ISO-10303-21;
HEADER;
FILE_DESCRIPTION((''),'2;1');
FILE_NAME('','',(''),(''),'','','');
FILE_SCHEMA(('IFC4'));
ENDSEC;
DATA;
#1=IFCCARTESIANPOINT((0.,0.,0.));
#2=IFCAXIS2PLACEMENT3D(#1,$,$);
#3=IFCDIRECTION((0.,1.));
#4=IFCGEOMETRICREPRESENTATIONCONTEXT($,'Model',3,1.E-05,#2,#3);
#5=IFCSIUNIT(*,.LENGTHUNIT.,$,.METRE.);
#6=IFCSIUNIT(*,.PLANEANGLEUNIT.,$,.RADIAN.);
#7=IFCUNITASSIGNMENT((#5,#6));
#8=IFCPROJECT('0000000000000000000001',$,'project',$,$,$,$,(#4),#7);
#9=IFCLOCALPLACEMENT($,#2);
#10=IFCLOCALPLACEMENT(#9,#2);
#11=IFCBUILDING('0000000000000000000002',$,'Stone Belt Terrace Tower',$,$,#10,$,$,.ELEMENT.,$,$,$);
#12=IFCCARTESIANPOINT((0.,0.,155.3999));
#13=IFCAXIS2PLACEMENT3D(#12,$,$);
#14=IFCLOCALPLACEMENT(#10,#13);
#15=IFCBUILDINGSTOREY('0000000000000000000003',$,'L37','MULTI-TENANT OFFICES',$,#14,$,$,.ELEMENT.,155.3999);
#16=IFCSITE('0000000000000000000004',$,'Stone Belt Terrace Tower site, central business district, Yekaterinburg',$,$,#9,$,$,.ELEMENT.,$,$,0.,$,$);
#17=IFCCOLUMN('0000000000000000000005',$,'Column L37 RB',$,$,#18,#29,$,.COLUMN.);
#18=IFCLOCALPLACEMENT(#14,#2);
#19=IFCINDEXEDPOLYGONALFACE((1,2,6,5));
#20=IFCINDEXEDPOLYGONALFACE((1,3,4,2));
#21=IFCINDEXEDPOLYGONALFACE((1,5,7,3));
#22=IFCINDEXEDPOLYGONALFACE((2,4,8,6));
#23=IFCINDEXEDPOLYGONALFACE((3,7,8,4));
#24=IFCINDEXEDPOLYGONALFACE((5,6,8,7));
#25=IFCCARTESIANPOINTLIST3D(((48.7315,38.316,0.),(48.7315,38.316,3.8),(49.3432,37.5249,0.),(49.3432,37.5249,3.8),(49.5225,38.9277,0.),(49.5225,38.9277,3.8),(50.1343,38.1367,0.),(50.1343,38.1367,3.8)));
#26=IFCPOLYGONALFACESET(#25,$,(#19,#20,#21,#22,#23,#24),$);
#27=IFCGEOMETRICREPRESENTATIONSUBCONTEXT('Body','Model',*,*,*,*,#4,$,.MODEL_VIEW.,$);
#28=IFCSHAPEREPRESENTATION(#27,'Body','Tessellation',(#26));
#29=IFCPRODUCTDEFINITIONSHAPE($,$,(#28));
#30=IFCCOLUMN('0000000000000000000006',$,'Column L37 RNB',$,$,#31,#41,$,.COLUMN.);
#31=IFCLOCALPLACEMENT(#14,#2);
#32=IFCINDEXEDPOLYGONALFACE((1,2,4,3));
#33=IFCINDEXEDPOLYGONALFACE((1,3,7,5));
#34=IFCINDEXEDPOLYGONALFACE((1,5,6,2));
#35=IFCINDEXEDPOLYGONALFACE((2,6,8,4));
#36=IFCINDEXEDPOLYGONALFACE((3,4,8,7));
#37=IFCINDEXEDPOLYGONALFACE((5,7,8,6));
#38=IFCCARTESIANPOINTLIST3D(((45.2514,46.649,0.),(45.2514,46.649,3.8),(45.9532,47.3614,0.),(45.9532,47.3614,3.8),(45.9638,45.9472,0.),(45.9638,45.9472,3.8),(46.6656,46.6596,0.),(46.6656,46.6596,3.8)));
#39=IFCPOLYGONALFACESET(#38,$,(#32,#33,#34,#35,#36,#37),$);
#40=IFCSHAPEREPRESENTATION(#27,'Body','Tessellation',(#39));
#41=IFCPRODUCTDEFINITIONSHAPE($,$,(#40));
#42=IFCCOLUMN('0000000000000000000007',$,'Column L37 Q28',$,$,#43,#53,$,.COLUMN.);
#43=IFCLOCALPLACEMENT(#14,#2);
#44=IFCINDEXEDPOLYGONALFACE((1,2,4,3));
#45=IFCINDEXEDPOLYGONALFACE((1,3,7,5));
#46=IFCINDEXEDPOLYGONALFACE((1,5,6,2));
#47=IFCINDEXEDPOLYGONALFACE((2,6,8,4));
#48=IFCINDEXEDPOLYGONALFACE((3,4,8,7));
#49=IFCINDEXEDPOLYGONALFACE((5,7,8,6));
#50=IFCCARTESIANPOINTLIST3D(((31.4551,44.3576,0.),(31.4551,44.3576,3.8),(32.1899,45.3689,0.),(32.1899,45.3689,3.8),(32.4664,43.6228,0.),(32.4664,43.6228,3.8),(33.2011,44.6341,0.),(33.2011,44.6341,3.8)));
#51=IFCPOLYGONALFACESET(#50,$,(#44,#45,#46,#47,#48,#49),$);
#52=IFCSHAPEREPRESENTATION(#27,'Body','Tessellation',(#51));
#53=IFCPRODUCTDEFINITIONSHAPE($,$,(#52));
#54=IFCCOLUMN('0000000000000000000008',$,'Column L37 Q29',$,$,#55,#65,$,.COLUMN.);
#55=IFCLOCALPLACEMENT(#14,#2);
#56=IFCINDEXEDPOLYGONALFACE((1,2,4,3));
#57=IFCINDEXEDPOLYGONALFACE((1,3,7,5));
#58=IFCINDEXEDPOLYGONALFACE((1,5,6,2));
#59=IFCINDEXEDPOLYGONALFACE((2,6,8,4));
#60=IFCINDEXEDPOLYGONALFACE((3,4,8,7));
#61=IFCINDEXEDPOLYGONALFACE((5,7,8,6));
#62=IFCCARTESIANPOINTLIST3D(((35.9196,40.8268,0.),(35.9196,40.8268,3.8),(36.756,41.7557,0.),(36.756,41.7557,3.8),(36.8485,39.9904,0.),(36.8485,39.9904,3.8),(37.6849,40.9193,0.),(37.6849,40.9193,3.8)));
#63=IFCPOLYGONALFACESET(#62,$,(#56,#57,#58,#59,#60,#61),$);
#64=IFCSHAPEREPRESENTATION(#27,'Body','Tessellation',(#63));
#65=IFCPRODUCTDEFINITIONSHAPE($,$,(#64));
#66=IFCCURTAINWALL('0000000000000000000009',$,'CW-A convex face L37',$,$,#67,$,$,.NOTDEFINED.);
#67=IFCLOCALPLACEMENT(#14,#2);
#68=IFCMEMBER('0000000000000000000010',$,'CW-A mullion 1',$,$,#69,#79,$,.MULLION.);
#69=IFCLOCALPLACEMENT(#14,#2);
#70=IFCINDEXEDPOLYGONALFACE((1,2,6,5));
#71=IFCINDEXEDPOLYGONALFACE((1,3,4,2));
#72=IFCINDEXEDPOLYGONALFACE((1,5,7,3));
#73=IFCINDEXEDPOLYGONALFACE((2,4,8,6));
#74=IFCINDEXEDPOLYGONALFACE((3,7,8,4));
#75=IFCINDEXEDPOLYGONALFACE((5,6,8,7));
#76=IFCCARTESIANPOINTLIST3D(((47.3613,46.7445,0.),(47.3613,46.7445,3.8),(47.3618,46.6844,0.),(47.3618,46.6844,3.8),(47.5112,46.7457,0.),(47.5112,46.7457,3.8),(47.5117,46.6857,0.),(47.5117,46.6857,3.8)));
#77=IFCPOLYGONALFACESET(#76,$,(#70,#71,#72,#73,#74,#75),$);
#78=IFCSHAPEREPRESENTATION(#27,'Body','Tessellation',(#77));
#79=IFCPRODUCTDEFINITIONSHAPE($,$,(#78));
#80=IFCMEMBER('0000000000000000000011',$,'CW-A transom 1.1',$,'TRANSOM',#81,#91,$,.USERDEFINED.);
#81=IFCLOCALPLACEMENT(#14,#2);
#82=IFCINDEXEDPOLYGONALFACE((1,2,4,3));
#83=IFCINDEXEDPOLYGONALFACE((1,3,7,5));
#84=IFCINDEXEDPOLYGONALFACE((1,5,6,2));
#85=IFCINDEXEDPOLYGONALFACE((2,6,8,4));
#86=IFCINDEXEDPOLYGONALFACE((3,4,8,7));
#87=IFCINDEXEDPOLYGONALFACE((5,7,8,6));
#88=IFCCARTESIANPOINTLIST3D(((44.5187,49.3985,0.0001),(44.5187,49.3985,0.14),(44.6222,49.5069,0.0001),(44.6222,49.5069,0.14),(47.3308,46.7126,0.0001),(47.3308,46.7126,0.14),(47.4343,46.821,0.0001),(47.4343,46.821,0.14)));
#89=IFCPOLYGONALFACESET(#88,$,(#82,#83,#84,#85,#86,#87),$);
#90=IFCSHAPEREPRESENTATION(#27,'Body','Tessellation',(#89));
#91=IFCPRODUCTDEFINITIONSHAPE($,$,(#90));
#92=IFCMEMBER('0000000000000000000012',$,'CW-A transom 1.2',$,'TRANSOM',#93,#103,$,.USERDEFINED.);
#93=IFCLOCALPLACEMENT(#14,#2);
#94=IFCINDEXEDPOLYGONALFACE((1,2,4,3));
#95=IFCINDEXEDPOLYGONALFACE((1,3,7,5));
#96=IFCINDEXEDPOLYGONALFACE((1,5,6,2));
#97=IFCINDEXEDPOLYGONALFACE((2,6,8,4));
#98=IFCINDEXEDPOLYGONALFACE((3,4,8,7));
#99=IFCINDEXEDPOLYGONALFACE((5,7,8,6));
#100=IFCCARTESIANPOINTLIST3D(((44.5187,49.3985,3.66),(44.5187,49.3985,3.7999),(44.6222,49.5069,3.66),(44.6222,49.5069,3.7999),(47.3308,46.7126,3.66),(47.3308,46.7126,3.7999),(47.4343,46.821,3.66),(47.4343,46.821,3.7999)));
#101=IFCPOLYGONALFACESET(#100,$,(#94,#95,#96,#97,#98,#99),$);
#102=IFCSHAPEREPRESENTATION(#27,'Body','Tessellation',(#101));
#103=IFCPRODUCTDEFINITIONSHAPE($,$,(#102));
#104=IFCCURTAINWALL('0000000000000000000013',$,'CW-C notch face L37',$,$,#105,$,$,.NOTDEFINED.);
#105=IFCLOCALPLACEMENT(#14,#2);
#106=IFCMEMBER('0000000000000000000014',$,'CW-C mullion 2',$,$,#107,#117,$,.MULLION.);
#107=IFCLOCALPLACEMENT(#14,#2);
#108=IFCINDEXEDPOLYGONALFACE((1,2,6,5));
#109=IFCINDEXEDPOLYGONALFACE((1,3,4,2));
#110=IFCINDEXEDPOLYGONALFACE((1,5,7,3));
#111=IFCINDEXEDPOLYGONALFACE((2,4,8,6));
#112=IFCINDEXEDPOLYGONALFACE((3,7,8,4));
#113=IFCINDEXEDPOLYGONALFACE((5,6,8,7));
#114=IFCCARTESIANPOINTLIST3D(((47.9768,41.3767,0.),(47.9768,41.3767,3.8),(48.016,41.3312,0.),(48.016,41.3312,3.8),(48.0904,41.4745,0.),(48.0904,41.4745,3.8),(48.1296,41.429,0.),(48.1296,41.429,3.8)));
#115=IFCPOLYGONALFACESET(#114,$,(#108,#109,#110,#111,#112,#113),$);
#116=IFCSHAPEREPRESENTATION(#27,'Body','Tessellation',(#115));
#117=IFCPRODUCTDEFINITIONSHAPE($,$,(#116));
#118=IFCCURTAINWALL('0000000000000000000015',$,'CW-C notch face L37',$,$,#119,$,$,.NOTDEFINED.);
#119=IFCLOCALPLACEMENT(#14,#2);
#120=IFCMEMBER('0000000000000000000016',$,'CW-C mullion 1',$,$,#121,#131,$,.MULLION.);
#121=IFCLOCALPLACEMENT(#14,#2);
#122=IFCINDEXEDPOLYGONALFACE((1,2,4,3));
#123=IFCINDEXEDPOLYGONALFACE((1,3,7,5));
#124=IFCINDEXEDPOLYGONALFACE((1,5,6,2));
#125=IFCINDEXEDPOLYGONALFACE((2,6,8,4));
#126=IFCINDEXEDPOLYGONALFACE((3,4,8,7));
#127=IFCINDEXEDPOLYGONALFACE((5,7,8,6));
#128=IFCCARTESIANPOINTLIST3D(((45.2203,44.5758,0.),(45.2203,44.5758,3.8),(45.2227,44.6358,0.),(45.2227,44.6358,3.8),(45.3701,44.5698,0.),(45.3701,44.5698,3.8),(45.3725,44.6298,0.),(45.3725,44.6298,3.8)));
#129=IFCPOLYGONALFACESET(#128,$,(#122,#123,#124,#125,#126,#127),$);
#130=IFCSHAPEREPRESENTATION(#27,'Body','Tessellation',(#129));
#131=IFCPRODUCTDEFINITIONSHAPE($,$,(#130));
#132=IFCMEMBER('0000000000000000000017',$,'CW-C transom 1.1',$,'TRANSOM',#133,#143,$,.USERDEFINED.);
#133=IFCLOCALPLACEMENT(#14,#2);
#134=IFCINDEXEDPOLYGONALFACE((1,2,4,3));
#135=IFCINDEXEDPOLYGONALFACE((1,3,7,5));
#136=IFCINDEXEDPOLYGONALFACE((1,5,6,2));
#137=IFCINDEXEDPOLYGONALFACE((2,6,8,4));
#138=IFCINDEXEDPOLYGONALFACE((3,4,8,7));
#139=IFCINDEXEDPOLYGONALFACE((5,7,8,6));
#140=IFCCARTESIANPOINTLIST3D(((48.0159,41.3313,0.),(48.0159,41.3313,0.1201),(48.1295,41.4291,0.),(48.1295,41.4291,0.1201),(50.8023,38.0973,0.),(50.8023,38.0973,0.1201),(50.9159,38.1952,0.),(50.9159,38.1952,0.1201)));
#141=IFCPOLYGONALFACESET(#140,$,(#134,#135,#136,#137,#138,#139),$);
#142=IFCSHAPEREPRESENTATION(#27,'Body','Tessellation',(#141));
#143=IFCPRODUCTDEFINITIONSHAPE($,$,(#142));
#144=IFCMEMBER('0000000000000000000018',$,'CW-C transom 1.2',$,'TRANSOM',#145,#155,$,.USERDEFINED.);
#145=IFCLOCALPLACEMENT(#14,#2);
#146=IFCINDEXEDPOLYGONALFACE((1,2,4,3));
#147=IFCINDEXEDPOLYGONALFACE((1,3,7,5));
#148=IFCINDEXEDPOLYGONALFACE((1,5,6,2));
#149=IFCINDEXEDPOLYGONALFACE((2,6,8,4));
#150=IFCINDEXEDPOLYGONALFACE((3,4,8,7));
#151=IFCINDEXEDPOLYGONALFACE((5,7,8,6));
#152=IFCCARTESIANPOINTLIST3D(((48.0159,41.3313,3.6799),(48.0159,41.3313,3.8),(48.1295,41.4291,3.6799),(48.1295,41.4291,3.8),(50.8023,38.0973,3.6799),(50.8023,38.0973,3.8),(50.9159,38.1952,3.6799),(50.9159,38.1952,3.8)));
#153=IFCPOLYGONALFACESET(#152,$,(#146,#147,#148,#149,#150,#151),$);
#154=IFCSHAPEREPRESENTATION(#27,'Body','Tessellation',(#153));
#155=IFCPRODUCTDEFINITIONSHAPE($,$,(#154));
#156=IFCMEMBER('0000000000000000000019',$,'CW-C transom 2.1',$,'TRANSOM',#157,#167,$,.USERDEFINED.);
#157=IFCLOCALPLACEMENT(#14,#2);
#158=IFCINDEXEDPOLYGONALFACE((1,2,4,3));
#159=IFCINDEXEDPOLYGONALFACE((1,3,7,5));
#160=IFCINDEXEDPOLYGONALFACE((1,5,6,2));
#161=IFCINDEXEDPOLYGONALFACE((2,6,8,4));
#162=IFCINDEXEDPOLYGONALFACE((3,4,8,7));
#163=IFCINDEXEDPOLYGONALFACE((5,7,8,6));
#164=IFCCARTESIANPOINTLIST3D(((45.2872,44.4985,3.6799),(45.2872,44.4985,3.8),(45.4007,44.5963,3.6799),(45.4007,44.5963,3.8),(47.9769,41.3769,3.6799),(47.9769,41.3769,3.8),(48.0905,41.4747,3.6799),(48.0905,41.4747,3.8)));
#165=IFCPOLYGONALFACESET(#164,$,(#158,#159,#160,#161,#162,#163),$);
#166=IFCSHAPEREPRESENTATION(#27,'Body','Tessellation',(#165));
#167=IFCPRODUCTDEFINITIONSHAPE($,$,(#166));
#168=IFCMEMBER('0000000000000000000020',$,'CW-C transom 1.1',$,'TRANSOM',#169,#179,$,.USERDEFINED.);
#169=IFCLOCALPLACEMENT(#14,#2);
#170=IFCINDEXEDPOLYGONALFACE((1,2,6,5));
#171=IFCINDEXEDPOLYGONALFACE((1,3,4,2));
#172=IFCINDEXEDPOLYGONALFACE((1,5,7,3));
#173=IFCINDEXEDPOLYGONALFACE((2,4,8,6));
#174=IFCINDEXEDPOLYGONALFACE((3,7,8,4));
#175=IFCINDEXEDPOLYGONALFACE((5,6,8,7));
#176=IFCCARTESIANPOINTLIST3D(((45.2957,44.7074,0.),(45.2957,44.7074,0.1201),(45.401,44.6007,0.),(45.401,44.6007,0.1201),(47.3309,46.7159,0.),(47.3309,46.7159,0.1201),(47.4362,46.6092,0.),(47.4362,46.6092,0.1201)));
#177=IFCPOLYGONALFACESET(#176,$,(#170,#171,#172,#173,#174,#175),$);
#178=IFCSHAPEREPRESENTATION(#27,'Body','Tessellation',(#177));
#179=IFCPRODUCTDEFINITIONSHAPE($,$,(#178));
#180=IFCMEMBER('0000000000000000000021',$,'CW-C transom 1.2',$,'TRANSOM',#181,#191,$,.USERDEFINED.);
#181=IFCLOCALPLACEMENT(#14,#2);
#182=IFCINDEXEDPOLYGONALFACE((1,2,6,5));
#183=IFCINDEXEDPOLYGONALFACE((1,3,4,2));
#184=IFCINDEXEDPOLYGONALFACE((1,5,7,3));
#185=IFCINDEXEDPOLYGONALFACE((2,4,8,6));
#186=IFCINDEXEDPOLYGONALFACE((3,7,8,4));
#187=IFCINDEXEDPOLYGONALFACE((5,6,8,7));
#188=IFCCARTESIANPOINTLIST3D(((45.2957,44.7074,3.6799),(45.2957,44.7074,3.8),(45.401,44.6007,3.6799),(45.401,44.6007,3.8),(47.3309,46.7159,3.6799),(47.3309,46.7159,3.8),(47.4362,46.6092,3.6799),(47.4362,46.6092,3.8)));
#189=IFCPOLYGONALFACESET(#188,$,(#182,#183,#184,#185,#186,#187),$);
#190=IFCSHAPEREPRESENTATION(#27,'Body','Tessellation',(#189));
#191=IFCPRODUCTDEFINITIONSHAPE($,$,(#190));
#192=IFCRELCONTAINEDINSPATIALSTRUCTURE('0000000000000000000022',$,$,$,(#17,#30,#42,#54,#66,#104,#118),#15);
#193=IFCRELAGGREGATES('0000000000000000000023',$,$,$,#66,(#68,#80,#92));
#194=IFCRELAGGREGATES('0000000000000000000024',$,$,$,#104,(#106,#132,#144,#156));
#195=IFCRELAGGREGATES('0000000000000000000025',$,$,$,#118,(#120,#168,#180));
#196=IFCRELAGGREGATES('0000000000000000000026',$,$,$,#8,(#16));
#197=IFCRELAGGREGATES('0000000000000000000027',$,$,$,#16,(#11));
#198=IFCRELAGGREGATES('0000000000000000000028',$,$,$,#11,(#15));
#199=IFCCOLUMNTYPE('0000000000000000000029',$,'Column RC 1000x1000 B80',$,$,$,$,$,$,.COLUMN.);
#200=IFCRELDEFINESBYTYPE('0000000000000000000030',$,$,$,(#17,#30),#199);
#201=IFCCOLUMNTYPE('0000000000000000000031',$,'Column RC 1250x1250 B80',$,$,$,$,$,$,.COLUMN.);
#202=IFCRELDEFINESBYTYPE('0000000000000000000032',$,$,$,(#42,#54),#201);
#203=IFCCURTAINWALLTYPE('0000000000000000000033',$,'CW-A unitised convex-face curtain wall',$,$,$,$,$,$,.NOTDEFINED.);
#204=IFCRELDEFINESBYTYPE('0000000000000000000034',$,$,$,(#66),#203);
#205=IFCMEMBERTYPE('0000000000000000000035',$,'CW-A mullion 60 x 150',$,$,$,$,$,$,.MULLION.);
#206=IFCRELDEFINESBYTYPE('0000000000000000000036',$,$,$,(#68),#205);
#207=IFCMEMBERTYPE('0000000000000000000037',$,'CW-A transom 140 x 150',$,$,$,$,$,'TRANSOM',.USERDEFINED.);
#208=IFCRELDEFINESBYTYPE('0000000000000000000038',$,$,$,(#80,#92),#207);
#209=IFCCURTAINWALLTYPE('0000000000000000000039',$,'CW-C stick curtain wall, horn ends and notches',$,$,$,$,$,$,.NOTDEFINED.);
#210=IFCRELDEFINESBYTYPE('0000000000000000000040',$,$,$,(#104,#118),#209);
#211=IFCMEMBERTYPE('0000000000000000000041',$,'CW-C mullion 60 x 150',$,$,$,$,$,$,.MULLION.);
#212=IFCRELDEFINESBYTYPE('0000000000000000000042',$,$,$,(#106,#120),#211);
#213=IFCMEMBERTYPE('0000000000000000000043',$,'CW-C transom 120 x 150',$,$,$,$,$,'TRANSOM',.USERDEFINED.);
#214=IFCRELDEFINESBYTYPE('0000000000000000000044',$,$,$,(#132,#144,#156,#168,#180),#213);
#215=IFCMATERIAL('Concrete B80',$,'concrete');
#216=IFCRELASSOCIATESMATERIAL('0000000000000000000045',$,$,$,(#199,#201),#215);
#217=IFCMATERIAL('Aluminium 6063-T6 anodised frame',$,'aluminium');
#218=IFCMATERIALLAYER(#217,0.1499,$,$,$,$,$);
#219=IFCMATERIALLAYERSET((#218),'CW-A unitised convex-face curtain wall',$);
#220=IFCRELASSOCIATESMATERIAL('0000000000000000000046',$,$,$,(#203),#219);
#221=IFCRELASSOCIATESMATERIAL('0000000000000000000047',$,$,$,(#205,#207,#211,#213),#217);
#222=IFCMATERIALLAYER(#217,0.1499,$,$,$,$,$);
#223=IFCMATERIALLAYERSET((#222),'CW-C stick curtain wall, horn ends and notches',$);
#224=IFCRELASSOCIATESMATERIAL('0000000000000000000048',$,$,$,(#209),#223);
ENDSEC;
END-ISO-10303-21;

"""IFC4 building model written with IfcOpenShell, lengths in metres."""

from ifc_helpers import new_model, si_unit, direction, frame, origin, origin_2d, place, context, subcontext, project, spatial, rectangle, extrude, material, layer, layer_set, material_profile, profile_set, type_object, element, aggregate, save


model = new_model("IFC4")

# Units and contexts
model_context = context("Model", 3, precision=1e-05, world=origin(), true_north=direction((0.0, 1.0)))
body_context = subcontext(model_context, "Body", "Model", "MODEL_VIEW")
ifc_project = project(units=[si_unit("LENGTHUNIT", "METRE"), si_unit("PLANEANGLEUNIT", "RADIAN")], contexts=[model_context])

# Site, building, storey
site_placement = place(None, origin())
site = spatial("IfcSite", under=ifc_project, at=site_placement, Name="Stone Belt Terrace Tower site, central business district, Yekaterinburg", CompositionType="ELEMENT", RefElevation=0.0)
building_placement = place(site_placement, origin())
building = spatial("IfcBuilding", under=site, at=building_placement, Name="Stone Belt Terrace Tower", CompositionType="ELEMENT")
storey_placement = place(building_placement, frame((0.0, 0.0, 155.3999)))
storey = spatial("IfcBuildingStorey", under=building, at=storey_placement, Name="L37", Description="MULTI-TENANT OFFICES", CompositionType="ELEMENT", Elevation=155.3999)

# Columns
ifc_material_1 = material(Name="Concrete B80", Category="concrete")
ifc_material_profile_1 = material_profile(ifc_material_1, rectangle(XDim=1.0, YDim=1.0, at=origin_2d()), Name="RC 1000x1000")
ifc_profile_set_1 = profile_set([ifc_material_profile_1], Name="Concrete B80")
column_type_1 = type_object("IfcColumnType", Name="Column RC 1000x1000 B80", PredefinedType="COLUMN", material=ifc_profile_set_1)
for number, where, z_axis, x_axis, name in (
    (1, (49.4329, 38.2263, 0.0), (0.0, 0.0, 1.0), (0.61173, -0.791067, 0.0), "Column L37 RB"),
    (2, (45.9585, 46.6543, 0.0), (0.0, 0.0, 1.0), (0.712398, -0.701775, 0.0), "Column L37 RNB"),
):
    element("IfcColumn", number, at=place(storey_placement, frame(where, z_axis=z_axis, x_axis=x_axis)), inside=storey, type_object=column_type_1, Name=name, PredefinedType="COLUMN", context=body_context, shape_type="SweptSolid", body=[
        extrude(rectangle(XDim=1.0, YDim=1.0, at=origin_2d()), origin(), (0.0, 0.0, 1.0), 3.8),
    ])
ifc_material_profile_2 = material_profile(ifc_material_1, rectangle(XDim=1.25, YDim=1.25, at=origin_2d()), Name="RC 1250x1250")
ifc_profile_set_2 = profile_set([ifc_material_profile_2], Name="Concrete B80")
column_type_2 = type_object("IfcColumnType", Name="Column RC 1250x1250 B80", PredefinedType="COLUMN", material=ifc_profile_set_2)
for number, where, z_axis, x_axis, name in (
    (3, (32.3281, 44.4958, 0.0), (0.0, 0.0, 1.0), (0.809017, -0.587785, 0.0), "Column L37 Q28"),
    (4, (36.8022, 40.873, 0.0), (0.0, 0.0, 1.0), (0.743145, -0.669131, 0.0), "Column L37 Q29"),
):
    element("IfcColumn", number, at=place(storey_placement, frame(where, z_axis=z_axis, x_axis=x_axis)), inside=storey, type_object=column_type_2, Name=name, PredefinedType="COLUMN", context=body_context, shape_type="SweptSolid", body=[
        extrude(rectangle(XDim=1.25, YDim=1.25, at=origin_2d()), origin(), (0.0, 0.0, 1.0), 3.8),
    ])

# Curtain wall, members
ifc_material_2 = material(Name="Aluminium 6063-T6 anodised frame", Category="aluminium")
ifc_layer_1 = layer(ifc_material_2, 0.1499)
ifc_layer_set_1 = layer_set([ifc_layer_1], Name="CW-A unitised convex-face curtain wall")
curtain_wall_type_1 = type_object("IfcCurtainWallType", Name="CW-A unitised convex-face curtain wall", PredefinedType="NOTDEFINED", material=ifc_layer_set_1)
curtain_wall_1_placement = place(storey_placement, origin())
curtain_wall_1 = element("IfcCurtainWall", 5, at=curtain_wall_1_placement, inside=storey, type_object=curtain_wall_type_1, Name="CW-A convex face L37", PredefinedType="NOTDEFINED")
ifc_material_profile_3 = material_profile(ifc_material_2, rectangle(XDim=0.1499, YDim=0.0601, at=origin_2d()), Name="Aluminium 6063-T6 60x150")
ifc_profile_set_3 = profile_set([ifc_material_profile_3], Name="Aluminium 6063-T6 anodised frame")
member_type_1 = type_object("IfcMemberType", Name="CW-A mullion 60 x 150", PredefinedType="MULLION", material=ifc_profile_set_3)
member_1_placement = place(storey_placement, frame((47.4365, 46.7151, 0.0), z_axis=(0.0, 0.0, 1.0), x_axis=(-0.999966, -0.008188, 0.0)))
member_1 = element("IfcMember", 6, at=member_1_placement, type_object=member_type_1, Name="CW-A mullion 1", PredefinedType="MULLION", context=body_context, shape_type="SweptSolid", body=[
    extrude(rectangle(XDim=0.1499, YDim=0.0601, at=origin_2d()), origin(), (0.0, 0.0, 1.0), 3.8),
])
ifc_material_profile_4 = material_profile(ifc_material_2, rectangle(XDim=0.1499, YDim=0.1399, at=origin_2d()), Name="Aluminium 6063-T6 150x140")
ifc_profile_set_4 = profile_set([ifc_material_profile_4], Name="Aluminium 6063-T6 anodised frame")
member_type_2 = type_object("IfcMemberType", Name="CW-A transom 140 x 150", ElementType="TRANSOM", PredefinedType="USERDEFINED", material=ifc_profile_set_4)
member_2_placement = place(storey_placement, frame((47.3826, 46.7668, 0.0701), z_axis=(-0.72315, 0.690691, 0.0), x_axis=(-0.690691, -0.72315, 0.0)))
member_2 = element("IfcMember", 7, at=member_2_placement, type_object=member_type_2, Name="CW-A transom 1.1", ObjectType="TRANSOM", PredefinedType="USERDEFINED", context=body_context, shape_type="SweptSolid", body=[
    extrude(rectangle(XDim=0.1499, YDim=0.1399, at=origin_2d()), origin(), (0.0, 0.0, 1.0), 3.8887),
])
member_3_placement = place(storey_placement, frame((47.3826, 46.7668, 3.73), z_axis=(-0.72315, 0.690691, 0.0), x_axis=(-0.690691, -0.72315, 0.0)))
member_3 = element("IfcMember", 8, at=member_3_placement, type_object=member_type_2, Name="CW-A transom 1.2", ObjectType="TRANSOM", PredefinedType="USERDEFINED", context=body_context, shape_type="SweptSolid", body=[
    extrude(rectangle(XDim=0.1499, YDim=0.1399, at=origin_2d()), origin(), (0.0, 0.0, 1.0), 3.8887),
])
aggregate(curtain_wall_1, [member_1, member_2, member_3])

# Curtain walls, members
ifc_layer_2 = layer(ifc_material_2, 0.1499)
ifc_layer_set_2 = layer_set([ifc_layer_2], Name="CW-C stick curtain wall, horn ends and notches")
curtain_wall_type_2 = type_object("IfcCurtainWallType", Name="CW-C stick curtain wall, horn ends and notches", PredefinedType="NOTDEFINED", material=ifc_layer_set_2)
curtain_wall_2_placement = place(storey_placement, origin())
curtain_wall_2 = element("IfcCurtainWall", 9, at=curtain_wall_2_placement, inside=storey, type_object=curtain_wall_type_2, Name="CW-C notch face L37", PredefinedType="NOTDEFINED")
ifc_material_profile_5 = material_profile(ifc_material_2, rectangle(XDim=0.1499, YDim=0.0601, at=origin_2d()), Name="Aluminium 6063-T6 60x150")
ifc_profile_set_5 = profile_set([ifc_material_profile_5], Name="Aluminium 6063-T6 anodised frame")
member_type_3 = type_object("IfcMemberType", Name="CW-C mullion 60 x 150", PredefinedType="MULLION", material=ifc_profile_set_5)
member_4_placement = place(storey_placement, frame((48.0532, 41.4028, 0.0), z_axis=(0.0, 0.0, 1.0), x_axis=(-0.757584, -0.652738, 0.0)))
member_4 = element("IfcMember", 10, at=member_4_placement, type_object=member_type_3, Name="CW-C mullion 2", PredefinedType="MULLION", context=body_context, shape_type="SweptSolid", body=[
    extrude(rectangle(XDim=0.1499, YDim=0.0601, at=origin_2d()), origin(), (0.0, 0.0, 1.0), 3.8),
])
curtain_wall_3_placement = place(storey_placement, origin())
curtain_wall_3 = element("IfcCurtainWall", 11, at=curtain_wall_3_placement, inside=storey, type_object=curtain_wall_type_2, Name="CW-C notch face L37", PredefinedType="NOTDEFINED")
member_5_placement = place(storey_placement, frame((45.2964, 44.6028, 0.0), z_axis=(0.0, 0.0, 1.0), x_axis=(-0.999185, 0.04036, 0.0)))
member_5 = element("IfcMember", 12, at=member_5_placement, type_object=member_type_3, Name="CW-C mullion 1", PredefinedType="MULLION", context=body_context, shape_type="SweptSolid", body=[
    extrude(rectangle(XDim=0.1499, YDim=0.0601, at=origin_2d()), origin(), (0.0, 0.0, 1.0), 3.8),
])

# Members
ifc_material_profile_6 = material_profile(ifc_material_2, rectangle(XDim=0.1499, YDim=0.1201, at=origin_2d()), Name="Aluminium 6063-T6 150x120")
ifc_profile_set_6 = profile_set([ifc_material_profile_6], Name="Aluminium 6063-T6 anodised frame")
member_type_4 = type_object("IfcMemberType", Name="CW-C transom 120 x 150", ElementType="TRANSOM", PredefinedType="USERDEFINED", material=ifc_profile_set_6)
member_6_placement = place(storey_placement, frame((50.8591, 38.1462, 0.0601), z_axis=(-0.652744, 0.757579, 0.0), x_axis=(-0.757579, -0.652744, 0.0)))
member_6 = element("IfcMember", 13, at=member_6_placement, type_object=member_type_4, Name="CW-C transom 1.1", ObjectType="TRANSOM", PredefinedType="USERDEFINED", context=body_context, shape_type="SweptSolid", body=[
    extrude(rectangle(XDim=0.1499, YDim=0.1201, at=origin_2d()), origin(), (0.0, 0.0, 1.0), 4.2688),
])
member_7_placement = place(storey_placement, frame((50.8591, 38.1462, 3.74), z_axis=(-0.652744, 0.757579, 0.0), x_axis=(-0.757579, -0.652744, 0.0)))
member_7 = element("IfcMember", 14, at=member_7_placement, type_object=member_type_4, Name="CW-C transom 1.2", ObjectType="TRANSOM", PredefinedType="USERDEFINED", context=body_context, shape_type="SweptSolid", body=[
    extrude(rectangle(XDim=0.1499, YDim=0.1201, at=origin_2d()), origin(), (0.0, 0.0, 1.0), 4.2688),
])
member_8_placement = place(storey_placement, frame((48.0337, 41.4258, 3.74), z_axis=(-0.652756, 0.757569, 0.0), x_axis=(-0.757569, -0.652756, 0.0)))
member_8 = element("IfcMember", 15, at=member_8_placement, type_object=member_type_4, Name="CW-C transom 2.1", ObjectType="TRANSOM", PredefinedType="USERDEFINED", context=body_context, shape_type="SweptSolid", body=[
    extrude(rectangle(XDim=0.1499, YDim=0.1201, at=origin_2d()), origin(), (0.0, 0.0, 1.0), 4.1206),
])
member_9_placement = place(storey_placement, frame((45.3484, 44.6541, 0.0601), z_axis=(0.711745, 0.702438, 0.0), x_axis=(-0.702438, 0.711745, 0.0)))
member_9 = element("IfcMember", 16, at=member_9_placement, type_object=member_type_4, Name="CW-C transom 1.1", ObjectType="TRANSOM", PredefinedType="USERDEFINED", context=body_context, shape_type="SweptSolid", body=[
    extrude(rectangle(XDim=0.1499, YDim=0.1201, at=origin_2d()), origin(), (0.0, 0.0, 1.0), 2.8594),
])
member_10_placement = place(storey_placement, frame((45.3484, 44.6541, 3.74), z_axis=(0.711745, 0.702438, 0.0), x_axis=(-0.702438, 0.711745, 0.0)))
member_10 = element("IfcMember", 17, at=member_10_placement, type_object=member_type_4, Name="CW-C transom 1.2", ObjectType="TRANSOM", PredefinedType="USERDEFINED", context=body_context, shape_type="SweptSolid", body=[
    extrude(rectangle(XDim=0.1499, YDim=0.1201, at=origin_2d()), origin(), (0.0, 0.0, 1.0), 2.8594),
])

aggregate(curtain_wall_2, [member_4, member_6, member_7, member_8])
aggregate(curtain_wall_3, [member_5, member_9, member_10])

save(model, "model.ifc")
